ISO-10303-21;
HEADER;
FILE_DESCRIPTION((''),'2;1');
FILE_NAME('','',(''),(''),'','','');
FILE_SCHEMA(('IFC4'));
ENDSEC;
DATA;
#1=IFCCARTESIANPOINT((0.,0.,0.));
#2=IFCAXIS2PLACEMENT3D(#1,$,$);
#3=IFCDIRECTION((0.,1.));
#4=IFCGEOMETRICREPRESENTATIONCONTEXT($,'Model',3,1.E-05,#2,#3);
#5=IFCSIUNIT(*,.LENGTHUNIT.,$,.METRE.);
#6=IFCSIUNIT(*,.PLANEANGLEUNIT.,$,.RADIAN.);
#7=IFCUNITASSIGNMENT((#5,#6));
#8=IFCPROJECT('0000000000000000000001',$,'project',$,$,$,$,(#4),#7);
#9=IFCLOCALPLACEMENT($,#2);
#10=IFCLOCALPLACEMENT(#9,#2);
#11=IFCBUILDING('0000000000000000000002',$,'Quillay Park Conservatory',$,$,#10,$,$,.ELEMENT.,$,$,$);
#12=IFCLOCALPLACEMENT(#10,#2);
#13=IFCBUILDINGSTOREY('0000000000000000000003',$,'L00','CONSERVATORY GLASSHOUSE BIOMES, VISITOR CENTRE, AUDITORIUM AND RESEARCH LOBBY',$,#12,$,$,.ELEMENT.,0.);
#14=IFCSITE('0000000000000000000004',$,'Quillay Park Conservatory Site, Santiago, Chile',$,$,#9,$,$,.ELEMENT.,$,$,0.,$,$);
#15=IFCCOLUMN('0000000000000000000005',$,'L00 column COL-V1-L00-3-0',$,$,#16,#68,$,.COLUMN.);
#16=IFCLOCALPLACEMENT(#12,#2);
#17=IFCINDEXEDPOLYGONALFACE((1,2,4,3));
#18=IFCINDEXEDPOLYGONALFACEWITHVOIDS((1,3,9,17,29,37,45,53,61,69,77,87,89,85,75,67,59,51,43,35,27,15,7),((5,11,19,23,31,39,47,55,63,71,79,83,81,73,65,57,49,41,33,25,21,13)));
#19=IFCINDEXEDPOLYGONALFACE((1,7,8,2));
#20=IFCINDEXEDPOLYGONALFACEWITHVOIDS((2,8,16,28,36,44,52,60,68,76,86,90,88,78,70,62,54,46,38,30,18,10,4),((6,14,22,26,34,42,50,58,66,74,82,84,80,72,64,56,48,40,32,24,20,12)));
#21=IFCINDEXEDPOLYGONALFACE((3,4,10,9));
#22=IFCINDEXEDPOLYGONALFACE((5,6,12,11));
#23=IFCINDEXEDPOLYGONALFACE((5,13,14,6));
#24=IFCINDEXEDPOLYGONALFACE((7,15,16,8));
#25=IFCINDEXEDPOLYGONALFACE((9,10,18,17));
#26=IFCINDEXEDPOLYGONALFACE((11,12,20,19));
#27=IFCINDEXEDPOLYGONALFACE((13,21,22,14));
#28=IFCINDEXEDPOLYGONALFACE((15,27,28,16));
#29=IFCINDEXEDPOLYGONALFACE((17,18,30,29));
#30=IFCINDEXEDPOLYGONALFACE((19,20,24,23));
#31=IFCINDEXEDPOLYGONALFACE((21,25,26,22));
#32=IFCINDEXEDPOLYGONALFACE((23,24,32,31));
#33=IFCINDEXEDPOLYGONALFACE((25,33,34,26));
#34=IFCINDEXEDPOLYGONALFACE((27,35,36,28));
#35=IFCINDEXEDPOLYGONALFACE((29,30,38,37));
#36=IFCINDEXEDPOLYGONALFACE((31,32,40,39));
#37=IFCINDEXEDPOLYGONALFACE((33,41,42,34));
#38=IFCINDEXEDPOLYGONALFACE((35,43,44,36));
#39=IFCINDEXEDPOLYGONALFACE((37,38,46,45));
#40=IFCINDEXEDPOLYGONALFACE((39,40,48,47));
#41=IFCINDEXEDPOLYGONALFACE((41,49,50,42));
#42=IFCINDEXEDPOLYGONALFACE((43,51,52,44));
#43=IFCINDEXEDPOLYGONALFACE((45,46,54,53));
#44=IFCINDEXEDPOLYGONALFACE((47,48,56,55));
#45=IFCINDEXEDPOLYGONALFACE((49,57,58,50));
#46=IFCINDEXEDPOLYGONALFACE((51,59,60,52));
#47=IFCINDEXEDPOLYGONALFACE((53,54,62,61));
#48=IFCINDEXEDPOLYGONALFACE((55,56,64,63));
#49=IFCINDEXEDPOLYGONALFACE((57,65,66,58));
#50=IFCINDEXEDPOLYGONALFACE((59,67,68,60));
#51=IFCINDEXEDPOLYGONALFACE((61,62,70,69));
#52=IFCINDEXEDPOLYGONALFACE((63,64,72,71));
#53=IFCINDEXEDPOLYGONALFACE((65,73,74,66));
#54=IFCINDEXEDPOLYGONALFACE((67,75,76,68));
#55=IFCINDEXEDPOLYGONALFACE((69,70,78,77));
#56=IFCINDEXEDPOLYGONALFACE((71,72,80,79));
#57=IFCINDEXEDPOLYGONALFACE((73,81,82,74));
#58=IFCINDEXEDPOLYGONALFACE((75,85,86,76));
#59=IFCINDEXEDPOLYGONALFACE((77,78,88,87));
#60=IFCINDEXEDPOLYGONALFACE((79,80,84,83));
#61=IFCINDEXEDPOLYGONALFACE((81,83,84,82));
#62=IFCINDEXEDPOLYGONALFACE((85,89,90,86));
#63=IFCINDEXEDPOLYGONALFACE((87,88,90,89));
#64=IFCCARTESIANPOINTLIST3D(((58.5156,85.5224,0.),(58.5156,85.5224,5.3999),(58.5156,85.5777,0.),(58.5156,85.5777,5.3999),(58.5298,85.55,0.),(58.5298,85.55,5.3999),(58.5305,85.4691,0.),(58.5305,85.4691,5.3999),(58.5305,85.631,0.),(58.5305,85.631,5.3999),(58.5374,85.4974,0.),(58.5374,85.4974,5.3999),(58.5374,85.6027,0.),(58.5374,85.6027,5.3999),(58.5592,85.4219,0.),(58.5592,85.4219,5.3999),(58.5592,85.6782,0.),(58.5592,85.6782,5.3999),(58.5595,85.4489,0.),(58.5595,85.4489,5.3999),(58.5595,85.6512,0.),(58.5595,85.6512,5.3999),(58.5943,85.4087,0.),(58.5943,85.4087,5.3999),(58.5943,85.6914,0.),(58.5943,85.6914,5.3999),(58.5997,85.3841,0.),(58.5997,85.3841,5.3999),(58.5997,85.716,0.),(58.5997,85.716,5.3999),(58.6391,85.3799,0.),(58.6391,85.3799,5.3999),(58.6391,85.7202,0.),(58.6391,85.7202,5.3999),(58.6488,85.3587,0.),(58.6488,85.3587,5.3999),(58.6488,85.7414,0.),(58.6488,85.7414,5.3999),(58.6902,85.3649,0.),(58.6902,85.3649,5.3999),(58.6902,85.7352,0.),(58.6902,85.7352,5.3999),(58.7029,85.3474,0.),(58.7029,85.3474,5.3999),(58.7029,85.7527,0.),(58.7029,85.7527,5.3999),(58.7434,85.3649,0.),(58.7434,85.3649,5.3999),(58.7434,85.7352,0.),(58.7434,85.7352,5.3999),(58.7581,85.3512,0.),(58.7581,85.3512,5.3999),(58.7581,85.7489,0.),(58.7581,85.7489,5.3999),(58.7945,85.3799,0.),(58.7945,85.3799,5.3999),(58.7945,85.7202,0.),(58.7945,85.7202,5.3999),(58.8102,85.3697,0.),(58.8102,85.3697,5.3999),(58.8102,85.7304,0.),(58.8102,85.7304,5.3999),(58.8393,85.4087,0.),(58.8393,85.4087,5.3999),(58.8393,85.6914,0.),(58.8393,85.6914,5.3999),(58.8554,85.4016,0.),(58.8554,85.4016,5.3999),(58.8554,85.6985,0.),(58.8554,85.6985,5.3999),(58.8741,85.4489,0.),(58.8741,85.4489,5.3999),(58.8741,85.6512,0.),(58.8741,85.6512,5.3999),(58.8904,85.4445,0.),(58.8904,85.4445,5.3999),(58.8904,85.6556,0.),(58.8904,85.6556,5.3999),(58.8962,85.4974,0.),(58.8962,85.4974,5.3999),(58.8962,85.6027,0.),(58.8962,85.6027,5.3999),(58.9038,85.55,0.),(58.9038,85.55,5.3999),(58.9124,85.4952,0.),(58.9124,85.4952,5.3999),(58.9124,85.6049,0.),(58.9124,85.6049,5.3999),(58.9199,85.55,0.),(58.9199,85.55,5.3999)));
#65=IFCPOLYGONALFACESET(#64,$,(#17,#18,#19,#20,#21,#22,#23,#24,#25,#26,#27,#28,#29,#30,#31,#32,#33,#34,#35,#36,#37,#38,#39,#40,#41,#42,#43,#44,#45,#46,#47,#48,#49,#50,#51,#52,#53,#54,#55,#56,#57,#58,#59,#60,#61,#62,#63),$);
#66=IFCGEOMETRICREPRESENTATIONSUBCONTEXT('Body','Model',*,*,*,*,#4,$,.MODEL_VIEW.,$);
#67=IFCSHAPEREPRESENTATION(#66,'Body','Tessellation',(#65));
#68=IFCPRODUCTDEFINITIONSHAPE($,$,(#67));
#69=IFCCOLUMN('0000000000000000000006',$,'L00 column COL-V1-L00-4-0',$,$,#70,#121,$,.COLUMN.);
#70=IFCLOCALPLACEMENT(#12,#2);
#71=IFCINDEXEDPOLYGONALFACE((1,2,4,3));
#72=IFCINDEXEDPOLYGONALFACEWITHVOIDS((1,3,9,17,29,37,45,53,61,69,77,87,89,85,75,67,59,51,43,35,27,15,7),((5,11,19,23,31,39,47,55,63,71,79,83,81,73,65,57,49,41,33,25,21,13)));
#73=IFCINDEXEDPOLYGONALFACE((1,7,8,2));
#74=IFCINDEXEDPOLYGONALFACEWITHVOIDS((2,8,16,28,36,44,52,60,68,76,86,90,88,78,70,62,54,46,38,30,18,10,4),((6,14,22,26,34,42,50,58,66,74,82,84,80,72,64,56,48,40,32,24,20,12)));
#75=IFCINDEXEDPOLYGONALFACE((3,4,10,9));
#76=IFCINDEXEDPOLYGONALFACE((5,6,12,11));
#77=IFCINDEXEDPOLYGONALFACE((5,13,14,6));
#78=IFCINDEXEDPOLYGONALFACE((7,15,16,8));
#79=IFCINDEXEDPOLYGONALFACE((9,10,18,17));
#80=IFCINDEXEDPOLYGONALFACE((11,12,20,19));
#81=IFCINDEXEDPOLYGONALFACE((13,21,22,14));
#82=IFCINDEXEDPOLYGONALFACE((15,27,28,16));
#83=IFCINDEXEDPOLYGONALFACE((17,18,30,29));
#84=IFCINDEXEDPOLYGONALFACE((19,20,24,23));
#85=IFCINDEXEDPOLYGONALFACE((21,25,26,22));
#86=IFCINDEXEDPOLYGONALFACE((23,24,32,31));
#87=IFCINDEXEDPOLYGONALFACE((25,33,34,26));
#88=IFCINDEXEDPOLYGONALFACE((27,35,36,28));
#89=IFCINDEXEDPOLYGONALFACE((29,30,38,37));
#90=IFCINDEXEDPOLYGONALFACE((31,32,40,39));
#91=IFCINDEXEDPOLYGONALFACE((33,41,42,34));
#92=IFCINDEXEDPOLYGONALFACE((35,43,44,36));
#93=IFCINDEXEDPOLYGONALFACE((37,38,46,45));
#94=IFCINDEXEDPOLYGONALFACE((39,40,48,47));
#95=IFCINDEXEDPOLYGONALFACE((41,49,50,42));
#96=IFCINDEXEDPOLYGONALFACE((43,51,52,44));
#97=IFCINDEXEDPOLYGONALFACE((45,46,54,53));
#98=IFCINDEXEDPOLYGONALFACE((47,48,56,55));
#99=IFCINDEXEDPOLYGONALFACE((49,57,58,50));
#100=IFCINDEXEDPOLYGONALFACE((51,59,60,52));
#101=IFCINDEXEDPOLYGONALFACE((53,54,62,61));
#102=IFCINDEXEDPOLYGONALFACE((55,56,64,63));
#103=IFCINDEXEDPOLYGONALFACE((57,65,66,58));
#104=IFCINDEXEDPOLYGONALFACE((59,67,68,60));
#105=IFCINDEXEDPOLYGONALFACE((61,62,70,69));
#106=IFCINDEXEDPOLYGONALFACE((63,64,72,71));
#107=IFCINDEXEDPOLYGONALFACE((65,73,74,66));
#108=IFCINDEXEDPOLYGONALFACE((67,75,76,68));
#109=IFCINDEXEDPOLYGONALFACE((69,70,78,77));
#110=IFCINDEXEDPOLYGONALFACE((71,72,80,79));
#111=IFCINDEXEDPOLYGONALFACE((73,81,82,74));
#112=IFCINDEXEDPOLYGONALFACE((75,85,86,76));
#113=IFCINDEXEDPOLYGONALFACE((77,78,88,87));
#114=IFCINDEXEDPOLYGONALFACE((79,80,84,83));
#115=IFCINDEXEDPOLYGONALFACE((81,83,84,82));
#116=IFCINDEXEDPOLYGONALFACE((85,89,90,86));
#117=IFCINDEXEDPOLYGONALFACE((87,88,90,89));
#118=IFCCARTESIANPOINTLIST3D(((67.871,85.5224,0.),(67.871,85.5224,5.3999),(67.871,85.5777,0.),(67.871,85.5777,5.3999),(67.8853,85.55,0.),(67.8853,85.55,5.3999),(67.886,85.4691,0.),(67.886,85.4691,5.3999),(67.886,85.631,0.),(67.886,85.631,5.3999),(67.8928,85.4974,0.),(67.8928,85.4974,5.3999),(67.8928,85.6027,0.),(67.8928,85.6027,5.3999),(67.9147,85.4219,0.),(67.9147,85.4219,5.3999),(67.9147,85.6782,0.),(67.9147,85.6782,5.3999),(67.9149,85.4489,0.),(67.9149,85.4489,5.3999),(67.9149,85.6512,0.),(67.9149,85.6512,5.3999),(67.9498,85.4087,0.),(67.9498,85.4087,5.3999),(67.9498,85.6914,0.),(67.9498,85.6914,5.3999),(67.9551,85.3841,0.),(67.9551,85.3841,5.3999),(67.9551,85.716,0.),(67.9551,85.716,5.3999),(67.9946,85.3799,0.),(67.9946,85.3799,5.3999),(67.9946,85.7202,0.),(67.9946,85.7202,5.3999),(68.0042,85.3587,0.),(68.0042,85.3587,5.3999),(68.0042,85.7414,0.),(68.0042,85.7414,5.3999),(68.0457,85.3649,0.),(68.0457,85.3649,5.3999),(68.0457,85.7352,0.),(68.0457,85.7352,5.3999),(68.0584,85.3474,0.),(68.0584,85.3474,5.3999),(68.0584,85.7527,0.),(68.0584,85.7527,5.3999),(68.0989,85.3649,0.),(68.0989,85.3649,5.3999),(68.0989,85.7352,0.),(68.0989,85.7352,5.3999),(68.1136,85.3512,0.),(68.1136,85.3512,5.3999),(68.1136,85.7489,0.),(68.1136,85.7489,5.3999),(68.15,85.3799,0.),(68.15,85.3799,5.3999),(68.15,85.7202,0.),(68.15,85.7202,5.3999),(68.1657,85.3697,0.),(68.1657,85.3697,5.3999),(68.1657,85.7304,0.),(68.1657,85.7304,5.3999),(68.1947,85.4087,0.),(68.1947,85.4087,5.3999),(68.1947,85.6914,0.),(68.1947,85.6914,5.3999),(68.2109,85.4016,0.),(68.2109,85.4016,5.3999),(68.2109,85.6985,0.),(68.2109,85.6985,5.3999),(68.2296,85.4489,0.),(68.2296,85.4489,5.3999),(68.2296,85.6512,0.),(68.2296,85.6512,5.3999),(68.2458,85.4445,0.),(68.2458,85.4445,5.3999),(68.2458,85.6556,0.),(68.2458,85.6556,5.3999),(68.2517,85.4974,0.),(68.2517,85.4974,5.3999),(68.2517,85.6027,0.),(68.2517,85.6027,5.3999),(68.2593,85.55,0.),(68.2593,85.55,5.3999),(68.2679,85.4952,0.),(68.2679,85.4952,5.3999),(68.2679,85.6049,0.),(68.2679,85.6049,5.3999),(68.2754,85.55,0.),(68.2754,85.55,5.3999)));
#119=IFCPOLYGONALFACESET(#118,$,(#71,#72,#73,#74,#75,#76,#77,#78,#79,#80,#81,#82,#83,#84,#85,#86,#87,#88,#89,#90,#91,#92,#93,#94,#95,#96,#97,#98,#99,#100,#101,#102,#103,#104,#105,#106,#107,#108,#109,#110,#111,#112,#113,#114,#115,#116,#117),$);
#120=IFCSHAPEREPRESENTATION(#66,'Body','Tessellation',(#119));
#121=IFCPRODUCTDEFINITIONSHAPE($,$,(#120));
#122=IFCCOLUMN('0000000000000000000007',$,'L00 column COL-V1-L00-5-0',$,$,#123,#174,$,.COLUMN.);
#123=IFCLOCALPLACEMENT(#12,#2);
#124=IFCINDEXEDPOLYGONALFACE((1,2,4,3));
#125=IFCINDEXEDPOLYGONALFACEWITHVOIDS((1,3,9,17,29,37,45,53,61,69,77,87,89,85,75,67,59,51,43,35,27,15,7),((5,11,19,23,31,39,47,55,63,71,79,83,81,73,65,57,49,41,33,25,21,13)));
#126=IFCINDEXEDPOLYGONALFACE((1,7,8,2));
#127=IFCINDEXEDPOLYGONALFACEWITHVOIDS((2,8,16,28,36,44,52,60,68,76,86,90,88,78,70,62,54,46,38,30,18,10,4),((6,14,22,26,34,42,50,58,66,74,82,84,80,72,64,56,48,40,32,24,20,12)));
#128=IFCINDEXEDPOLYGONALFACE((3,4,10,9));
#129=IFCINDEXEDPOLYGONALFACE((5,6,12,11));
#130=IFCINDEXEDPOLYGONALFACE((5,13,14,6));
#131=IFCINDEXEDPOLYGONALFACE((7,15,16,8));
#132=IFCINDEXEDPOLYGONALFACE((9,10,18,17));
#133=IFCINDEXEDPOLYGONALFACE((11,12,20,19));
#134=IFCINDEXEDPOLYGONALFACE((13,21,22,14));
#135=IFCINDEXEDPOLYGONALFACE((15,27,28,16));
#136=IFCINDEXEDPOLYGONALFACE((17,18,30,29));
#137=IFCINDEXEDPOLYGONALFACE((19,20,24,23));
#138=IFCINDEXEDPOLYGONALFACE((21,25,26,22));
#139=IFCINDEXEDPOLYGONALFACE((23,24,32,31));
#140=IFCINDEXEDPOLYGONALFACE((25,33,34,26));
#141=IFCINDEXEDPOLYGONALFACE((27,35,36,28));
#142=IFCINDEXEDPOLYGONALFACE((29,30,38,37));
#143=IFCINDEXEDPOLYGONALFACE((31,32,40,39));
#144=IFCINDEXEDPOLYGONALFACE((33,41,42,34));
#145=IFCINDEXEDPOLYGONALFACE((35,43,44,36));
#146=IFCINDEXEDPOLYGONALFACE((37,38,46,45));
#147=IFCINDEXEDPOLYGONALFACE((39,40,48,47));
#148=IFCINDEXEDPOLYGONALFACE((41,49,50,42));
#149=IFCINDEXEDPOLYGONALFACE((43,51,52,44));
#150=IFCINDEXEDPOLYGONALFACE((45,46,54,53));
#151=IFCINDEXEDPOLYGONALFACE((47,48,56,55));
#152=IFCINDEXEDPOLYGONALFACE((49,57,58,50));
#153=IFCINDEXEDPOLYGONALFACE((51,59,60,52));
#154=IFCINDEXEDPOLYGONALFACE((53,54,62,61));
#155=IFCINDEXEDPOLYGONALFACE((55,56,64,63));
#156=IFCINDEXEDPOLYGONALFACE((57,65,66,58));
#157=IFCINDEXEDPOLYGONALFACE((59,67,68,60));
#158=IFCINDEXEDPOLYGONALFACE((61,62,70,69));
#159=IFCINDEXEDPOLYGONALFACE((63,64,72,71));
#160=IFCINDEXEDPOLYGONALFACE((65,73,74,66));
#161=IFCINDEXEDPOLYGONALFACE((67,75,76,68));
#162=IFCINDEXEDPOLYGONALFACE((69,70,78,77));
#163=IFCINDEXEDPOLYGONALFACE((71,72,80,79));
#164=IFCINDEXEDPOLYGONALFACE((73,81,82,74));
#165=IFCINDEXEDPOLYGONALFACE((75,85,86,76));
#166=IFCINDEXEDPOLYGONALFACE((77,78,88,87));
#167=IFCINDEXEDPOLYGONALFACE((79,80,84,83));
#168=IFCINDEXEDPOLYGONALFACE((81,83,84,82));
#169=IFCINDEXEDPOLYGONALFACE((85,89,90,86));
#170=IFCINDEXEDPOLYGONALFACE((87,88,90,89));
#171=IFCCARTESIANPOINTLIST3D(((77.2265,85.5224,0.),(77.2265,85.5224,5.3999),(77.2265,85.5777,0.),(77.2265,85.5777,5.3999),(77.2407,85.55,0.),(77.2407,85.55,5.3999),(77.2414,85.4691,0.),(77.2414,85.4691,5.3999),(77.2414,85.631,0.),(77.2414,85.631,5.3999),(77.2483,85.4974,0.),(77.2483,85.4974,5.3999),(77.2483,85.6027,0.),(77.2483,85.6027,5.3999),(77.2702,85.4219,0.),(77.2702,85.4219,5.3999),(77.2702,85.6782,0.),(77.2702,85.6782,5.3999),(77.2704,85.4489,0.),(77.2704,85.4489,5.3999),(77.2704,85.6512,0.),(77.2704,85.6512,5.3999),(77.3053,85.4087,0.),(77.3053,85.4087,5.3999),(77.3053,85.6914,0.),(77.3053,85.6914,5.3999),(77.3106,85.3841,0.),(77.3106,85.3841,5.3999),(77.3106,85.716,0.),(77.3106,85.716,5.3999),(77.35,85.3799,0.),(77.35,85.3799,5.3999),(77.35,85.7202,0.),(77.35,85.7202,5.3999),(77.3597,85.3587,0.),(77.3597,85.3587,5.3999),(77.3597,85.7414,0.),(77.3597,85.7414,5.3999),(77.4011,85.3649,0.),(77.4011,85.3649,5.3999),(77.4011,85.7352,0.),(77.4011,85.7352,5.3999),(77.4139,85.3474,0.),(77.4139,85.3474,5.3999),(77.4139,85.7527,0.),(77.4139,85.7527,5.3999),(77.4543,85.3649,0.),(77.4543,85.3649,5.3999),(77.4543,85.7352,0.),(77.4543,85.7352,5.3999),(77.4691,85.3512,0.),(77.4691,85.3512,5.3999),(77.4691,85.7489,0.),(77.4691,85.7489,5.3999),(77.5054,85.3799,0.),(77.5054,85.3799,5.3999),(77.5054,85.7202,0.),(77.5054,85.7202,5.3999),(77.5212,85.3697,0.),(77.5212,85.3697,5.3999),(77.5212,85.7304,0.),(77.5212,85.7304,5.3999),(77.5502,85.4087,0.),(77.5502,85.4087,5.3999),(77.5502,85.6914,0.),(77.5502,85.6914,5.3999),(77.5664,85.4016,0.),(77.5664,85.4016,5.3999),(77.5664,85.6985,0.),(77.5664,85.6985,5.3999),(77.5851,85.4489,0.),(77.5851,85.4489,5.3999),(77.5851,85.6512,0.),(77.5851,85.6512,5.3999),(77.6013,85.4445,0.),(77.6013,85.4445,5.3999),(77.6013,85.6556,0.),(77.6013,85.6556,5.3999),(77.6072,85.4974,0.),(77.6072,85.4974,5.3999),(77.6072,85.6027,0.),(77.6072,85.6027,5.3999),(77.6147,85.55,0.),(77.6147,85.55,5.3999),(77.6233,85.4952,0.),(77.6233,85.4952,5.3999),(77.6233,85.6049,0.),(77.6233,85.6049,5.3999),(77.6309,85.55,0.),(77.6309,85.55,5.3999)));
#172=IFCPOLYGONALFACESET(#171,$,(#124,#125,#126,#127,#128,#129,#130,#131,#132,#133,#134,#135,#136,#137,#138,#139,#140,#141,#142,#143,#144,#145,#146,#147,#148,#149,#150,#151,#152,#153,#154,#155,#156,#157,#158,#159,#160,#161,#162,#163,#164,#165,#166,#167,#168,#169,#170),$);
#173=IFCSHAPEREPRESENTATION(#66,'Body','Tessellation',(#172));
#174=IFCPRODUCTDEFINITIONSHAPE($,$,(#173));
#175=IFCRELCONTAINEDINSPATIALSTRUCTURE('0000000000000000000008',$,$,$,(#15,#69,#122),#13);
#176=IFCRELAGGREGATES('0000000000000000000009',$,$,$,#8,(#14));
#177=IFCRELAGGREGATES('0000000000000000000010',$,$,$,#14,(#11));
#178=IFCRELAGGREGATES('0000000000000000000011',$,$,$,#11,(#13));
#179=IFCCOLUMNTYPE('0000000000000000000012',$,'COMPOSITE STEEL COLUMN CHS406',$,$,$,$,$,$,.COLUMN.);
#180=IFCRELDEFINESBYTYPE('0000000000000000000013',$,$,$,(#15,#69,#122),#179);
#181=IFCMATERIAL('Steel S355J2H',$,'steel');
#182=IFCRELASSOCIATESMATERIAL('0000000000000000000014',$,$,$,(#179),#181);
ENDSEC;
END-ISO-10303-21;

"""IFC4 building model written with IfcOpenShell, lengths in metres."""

from ifc_helpers import new_model, si_unit, direction, frame, origin, origin_2d, place, context, subcontext, project, spatial, hollow_circle, extrude, material, material_profile, profile_set, type_object, element, save


model = new_model("IFC4")

# Units and contexts
model_context = context("Model", 3, precision=1e-05, world=origin(), true_north=direction((0.0, 1.0)))
body_context = subcontext(model_context, "Body", "Model", "MODEL_VIEW")
ifc_project = project(units=[si_unit("LENGTHUNIT", "METRE"), si_unit("PLANEANGLEUNIT", "RADIAN")], contexts=[model_context])

# Site, building, storey
site_placement = place(None, origin())
site = spatial("IfcSite", under=ifc_project, at=site_placement, Name="Quillay Park Conservatory Site, Santiago, Chile", CompositionType="ELEMENT", RefElevation=0.0)
building_placement = place(site_placement, origin())
building = spatial("IfcBuilding", under=site, at=building_placement, Name="Quillay Park Conservatory", CompositionType="ELEMENT")
storey_placement = place(building_placement, origin())
storey = spatial("IfcBuildingStorey", under=building, at=storey_placement, Name="L00", Description="CONSERVATORY GLASSHOUSE BIOMES, VISITOR CENTRE, AUDITORIUM AND RESEARCH LOBBY", CompositionType="ELEMENT", Elevation=0.0)

# Columns
ifc_material_1 = material(Name="Steel S355J2H", Category="steel")
ifc_material_profile_1 = material_profile(ifc_material_1, hollow_circle(Radius=0.2031, WallThickness=0.0161, at=origin_2d()), Name="CHS406.4x16")
ifc_profile_set_1 = profile_set([ifc_material_profile_1], Name="Steel S355J2H")
column_type = type_object("IfcColumnType", Name="COMPOSITE STEEL COLUMN CHS406", PredefinedType="COLUMN", material=ifc_profile_set_1)
for number, where, z_axis, x_axis, name in (
    (1, (58.7168, 85.55, 0.0), (0.0, 0.0, 1.0), (1.0, 0.0, 0.0), "L00 column COL-V1-L00-3-0"),
    (2, (68.0723, 85.55, 0.0), (0.0, 0.0, 1.0), (1.0, 0.0, 0.0), "L00 column COL-V1-L00-4-0"),
    (3, (77.4277, 85.55, 0.0), (0.0, 0.0, 1.0), (1.0, 0.0, 0.0), "L00 column COL-V1-L00-5-0"),
):
    element("IfcColumn", number, at=place(storey_placement, frame(where, z_axis=z_axis, x_axis=x_axis)), inside=storey, type_object=column_type, Name=name, PredefinedType="COLUMN", context=body_context, shape_type="SweptSolid", body=[
        extrude(hollow_circle(Radius=0.2031, WallThickness=0.0161, at=origin_2d()), origin(), (0.0, 0.0, 1.0), 5.3999),
    ])

save(model, "model.ifc")
